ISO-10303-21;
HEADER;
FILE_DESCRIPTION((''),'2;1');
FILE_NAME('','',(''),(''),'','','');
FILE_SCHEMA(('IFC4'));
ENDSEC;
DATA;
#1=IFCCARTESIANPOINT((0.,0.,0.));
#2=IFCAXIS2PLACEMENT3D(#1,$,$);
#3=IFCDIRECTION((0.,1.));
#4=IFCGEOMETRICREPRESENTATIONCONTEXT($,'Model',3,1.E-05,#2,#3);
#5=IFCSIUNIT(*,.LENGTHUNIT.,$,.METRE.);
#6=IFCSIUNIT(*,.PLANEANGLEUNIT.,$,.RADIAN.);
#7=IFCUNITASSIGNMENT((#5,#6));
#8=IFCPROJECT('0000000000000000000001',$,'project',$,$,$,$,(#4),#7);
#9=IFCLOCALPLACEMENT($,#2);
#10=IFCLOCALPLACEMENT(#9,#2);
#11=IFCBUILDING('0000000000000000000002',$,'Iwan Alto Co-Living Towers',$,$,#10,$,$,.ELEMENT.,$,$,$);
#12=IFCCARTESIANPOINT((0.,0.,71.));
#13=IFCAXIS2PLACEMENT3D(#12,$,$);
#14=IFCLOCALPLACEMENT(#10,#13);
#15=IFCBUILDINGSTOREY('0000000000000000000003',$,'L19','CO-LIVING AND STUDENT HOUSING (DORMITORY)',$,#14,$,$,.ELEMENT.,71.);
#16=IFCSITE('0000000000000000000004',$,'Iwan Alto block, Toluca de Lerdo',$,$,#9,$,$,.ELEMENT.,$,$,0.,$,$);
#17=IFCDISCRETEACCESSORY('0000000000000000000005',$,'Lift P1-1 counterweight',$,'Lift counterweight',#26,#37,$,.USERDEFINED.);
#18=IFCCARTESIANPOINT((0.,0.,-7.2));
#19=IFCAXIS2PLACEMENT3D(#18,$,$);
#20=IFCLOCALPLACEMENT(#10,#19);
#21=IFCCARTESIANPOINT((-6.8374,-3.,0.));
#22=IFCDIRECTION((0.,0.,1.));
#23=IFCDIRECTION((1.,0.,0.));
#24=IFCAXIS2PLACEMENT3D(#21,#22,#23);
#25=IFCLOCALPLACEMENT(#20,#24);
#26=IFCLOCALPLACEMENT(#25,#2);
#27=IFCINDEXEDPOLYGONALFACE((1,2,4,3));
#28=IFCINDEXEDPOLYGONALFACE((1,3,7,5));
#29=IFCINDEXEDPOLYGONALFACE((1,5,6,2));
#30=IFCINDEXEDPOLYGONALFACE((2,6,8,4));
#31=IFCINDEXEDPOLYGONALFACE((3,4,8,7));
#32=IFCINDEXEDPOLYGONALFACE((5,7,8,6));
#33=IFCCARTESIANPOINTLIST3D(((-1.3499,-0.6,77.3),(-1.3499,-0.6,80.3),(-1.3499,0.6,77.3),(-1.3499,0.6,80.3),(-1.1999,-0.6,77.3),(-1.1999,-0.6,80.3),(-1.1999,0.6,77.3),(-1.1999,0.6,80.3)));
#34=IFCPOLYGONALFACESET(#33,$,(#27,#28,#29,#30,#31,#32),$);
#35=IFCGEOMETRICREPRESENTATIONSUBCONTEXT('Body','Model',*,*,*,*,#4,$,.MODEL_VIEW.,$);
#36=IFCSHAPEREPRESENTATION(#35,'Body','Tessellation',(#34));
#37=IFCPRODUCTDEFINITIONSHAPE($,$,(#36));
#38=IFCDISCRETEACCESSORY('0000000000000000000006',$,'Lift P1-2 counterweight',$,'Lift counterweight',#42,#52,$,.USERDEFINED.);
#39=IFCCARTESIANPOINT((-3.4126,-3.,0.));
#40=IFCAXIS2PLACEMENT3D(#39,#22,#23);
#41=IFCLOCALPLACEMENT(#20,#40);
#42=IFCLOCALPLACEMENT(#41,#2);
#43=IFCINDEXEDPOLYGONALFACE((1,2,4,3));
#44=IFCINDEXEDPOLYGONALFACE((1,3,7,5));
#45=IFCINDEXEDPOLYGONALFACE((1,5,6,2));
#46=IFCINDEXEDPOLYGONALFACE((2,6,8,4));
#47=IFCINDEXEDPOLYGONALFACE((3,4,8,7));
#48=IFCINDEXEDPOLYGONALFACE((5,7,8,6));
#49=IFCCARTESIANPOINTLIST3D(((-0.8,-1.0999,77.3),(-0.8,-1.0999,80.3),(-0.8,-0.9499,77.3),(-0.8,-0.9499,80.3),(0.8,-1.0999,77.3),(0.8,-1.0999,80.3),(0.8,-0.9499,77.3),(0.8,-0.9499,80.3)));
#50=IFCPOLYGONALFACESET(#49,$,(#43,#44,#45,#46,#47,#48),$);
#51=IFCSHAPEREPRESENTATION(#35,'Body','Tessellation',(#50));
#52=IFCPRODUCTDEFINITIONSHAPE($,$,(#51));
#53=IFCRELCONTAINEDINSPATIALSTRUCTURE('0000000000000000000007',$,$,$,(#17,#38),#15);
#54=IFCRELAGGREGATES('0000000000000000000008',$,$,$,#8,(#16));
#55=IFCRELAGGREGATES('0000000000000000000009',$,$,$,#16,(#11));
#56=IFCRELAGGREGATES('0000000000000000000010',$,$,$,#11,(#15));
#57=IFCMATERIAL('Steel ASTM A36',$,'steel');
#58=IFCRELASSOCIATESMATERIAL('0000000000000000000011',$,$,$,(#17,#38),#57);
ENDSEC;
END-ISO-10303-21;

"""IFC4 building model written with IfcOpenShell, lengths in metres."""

from ifc_helpers import new_model, si_unit, direction, frame, origin, origin_2d, place, context, subcontext, project, spatial, rectangle, extrude, material, element, save


model = new_model("IFC4")

# Units and contexts
model_context = context("Model", 3, precision=1e-05, world=origin(), true_north=direction((0.0, 1.0)))
body_context = subcontext(model_context, "Body", "Model", "MODEL_VIEW")
ifc_project = project(units=[si_unit("LENGTHUNIT", "METRE"), si_unit("PLANEANGLEUNIT", "RADIAN")], contexts=[model_context])

# Site, building, storey
site_placement = place(None, origin())
site = spatial("IfcSite", under=ifc_project, at=site_placement, Name="Iwan Alto block, Toluca de Lerdo", CompositionType="ELEMENT", RefElevation=0.0)
building_placement = place(site_placement, origin())
building = spatial("IfcBuilding", under=site, at=building_placement, Name="Iwan Alto Co-Living Towers", CompositionType="ELEMENT")
storey_placement = place(building_placement, frame((0.0, 0.0, 71.0)))
storey = spatial("IfcBuildingStorey", under=building, at=storey_placement, Name="L19", Description="CO-LIVING AND STUDENT HOUSING (DORMITORY)", CompositionType="ELEMENT", Elevation=71.0)

# Discrete accessories
ifc_material_1 = material(Name="Steel ASTM A36", Category="steel")
placement_1 = place(building_placement, frame((0.0, 0.0, -7.2)))
placement_2 = place(placement_1, frame((-6.8374, -3.0, 0.0), z_axis=(0.0, 0.0, 1.0), x_axis=(1.0, 0.0, 0.0)))
discrete_accessory_1_placement = place(placement_2, origin())
element("IfcDiscreteAccessory", 1, at=discrete_accessory_1_placement, inside=storey, material=ifc_material_1, Name="Lift P1-1 counterweight", ObjectType="Lift counterweight", PredefinedType="USERDEFINED", context=body_context, shape_type="SweptSolid", body=[
    extrude(rectangle(XDim=0.15, YDim=1.2, at=origin_2d()), frame((-1.2749, 0.0, 77.3)), (0.0, 0.0, 1.0), 3.0),
])
placement_3 = place(placement_1, frame((-3.4126, -3.0, 0.0), z_axis=(0.0, 0.0, 1.0), x_axis=(1.0, 0.0, 0.0)))
discrete_accessory_2_placement = place(placement_3, origin())
element("IfcDiscreteAccessory", 2, at=discrete_accessory_2_placement, inside=storey, material=ifc_material_1, Name="Lift P1-2 counterweight", ObjectType="Lift counterweight", PredefinedType="USERDEFINED", context=body_context, shape_type="SweptSolid", body=[
    extrude(rectangle(XDim=1.6, YDim=0.15, at=origin_2d()), frame((0.0, -1.0249, 77.3)), (0.0, 0.0, 1.0), 3.0),
])

save(model, "model.ifc")
